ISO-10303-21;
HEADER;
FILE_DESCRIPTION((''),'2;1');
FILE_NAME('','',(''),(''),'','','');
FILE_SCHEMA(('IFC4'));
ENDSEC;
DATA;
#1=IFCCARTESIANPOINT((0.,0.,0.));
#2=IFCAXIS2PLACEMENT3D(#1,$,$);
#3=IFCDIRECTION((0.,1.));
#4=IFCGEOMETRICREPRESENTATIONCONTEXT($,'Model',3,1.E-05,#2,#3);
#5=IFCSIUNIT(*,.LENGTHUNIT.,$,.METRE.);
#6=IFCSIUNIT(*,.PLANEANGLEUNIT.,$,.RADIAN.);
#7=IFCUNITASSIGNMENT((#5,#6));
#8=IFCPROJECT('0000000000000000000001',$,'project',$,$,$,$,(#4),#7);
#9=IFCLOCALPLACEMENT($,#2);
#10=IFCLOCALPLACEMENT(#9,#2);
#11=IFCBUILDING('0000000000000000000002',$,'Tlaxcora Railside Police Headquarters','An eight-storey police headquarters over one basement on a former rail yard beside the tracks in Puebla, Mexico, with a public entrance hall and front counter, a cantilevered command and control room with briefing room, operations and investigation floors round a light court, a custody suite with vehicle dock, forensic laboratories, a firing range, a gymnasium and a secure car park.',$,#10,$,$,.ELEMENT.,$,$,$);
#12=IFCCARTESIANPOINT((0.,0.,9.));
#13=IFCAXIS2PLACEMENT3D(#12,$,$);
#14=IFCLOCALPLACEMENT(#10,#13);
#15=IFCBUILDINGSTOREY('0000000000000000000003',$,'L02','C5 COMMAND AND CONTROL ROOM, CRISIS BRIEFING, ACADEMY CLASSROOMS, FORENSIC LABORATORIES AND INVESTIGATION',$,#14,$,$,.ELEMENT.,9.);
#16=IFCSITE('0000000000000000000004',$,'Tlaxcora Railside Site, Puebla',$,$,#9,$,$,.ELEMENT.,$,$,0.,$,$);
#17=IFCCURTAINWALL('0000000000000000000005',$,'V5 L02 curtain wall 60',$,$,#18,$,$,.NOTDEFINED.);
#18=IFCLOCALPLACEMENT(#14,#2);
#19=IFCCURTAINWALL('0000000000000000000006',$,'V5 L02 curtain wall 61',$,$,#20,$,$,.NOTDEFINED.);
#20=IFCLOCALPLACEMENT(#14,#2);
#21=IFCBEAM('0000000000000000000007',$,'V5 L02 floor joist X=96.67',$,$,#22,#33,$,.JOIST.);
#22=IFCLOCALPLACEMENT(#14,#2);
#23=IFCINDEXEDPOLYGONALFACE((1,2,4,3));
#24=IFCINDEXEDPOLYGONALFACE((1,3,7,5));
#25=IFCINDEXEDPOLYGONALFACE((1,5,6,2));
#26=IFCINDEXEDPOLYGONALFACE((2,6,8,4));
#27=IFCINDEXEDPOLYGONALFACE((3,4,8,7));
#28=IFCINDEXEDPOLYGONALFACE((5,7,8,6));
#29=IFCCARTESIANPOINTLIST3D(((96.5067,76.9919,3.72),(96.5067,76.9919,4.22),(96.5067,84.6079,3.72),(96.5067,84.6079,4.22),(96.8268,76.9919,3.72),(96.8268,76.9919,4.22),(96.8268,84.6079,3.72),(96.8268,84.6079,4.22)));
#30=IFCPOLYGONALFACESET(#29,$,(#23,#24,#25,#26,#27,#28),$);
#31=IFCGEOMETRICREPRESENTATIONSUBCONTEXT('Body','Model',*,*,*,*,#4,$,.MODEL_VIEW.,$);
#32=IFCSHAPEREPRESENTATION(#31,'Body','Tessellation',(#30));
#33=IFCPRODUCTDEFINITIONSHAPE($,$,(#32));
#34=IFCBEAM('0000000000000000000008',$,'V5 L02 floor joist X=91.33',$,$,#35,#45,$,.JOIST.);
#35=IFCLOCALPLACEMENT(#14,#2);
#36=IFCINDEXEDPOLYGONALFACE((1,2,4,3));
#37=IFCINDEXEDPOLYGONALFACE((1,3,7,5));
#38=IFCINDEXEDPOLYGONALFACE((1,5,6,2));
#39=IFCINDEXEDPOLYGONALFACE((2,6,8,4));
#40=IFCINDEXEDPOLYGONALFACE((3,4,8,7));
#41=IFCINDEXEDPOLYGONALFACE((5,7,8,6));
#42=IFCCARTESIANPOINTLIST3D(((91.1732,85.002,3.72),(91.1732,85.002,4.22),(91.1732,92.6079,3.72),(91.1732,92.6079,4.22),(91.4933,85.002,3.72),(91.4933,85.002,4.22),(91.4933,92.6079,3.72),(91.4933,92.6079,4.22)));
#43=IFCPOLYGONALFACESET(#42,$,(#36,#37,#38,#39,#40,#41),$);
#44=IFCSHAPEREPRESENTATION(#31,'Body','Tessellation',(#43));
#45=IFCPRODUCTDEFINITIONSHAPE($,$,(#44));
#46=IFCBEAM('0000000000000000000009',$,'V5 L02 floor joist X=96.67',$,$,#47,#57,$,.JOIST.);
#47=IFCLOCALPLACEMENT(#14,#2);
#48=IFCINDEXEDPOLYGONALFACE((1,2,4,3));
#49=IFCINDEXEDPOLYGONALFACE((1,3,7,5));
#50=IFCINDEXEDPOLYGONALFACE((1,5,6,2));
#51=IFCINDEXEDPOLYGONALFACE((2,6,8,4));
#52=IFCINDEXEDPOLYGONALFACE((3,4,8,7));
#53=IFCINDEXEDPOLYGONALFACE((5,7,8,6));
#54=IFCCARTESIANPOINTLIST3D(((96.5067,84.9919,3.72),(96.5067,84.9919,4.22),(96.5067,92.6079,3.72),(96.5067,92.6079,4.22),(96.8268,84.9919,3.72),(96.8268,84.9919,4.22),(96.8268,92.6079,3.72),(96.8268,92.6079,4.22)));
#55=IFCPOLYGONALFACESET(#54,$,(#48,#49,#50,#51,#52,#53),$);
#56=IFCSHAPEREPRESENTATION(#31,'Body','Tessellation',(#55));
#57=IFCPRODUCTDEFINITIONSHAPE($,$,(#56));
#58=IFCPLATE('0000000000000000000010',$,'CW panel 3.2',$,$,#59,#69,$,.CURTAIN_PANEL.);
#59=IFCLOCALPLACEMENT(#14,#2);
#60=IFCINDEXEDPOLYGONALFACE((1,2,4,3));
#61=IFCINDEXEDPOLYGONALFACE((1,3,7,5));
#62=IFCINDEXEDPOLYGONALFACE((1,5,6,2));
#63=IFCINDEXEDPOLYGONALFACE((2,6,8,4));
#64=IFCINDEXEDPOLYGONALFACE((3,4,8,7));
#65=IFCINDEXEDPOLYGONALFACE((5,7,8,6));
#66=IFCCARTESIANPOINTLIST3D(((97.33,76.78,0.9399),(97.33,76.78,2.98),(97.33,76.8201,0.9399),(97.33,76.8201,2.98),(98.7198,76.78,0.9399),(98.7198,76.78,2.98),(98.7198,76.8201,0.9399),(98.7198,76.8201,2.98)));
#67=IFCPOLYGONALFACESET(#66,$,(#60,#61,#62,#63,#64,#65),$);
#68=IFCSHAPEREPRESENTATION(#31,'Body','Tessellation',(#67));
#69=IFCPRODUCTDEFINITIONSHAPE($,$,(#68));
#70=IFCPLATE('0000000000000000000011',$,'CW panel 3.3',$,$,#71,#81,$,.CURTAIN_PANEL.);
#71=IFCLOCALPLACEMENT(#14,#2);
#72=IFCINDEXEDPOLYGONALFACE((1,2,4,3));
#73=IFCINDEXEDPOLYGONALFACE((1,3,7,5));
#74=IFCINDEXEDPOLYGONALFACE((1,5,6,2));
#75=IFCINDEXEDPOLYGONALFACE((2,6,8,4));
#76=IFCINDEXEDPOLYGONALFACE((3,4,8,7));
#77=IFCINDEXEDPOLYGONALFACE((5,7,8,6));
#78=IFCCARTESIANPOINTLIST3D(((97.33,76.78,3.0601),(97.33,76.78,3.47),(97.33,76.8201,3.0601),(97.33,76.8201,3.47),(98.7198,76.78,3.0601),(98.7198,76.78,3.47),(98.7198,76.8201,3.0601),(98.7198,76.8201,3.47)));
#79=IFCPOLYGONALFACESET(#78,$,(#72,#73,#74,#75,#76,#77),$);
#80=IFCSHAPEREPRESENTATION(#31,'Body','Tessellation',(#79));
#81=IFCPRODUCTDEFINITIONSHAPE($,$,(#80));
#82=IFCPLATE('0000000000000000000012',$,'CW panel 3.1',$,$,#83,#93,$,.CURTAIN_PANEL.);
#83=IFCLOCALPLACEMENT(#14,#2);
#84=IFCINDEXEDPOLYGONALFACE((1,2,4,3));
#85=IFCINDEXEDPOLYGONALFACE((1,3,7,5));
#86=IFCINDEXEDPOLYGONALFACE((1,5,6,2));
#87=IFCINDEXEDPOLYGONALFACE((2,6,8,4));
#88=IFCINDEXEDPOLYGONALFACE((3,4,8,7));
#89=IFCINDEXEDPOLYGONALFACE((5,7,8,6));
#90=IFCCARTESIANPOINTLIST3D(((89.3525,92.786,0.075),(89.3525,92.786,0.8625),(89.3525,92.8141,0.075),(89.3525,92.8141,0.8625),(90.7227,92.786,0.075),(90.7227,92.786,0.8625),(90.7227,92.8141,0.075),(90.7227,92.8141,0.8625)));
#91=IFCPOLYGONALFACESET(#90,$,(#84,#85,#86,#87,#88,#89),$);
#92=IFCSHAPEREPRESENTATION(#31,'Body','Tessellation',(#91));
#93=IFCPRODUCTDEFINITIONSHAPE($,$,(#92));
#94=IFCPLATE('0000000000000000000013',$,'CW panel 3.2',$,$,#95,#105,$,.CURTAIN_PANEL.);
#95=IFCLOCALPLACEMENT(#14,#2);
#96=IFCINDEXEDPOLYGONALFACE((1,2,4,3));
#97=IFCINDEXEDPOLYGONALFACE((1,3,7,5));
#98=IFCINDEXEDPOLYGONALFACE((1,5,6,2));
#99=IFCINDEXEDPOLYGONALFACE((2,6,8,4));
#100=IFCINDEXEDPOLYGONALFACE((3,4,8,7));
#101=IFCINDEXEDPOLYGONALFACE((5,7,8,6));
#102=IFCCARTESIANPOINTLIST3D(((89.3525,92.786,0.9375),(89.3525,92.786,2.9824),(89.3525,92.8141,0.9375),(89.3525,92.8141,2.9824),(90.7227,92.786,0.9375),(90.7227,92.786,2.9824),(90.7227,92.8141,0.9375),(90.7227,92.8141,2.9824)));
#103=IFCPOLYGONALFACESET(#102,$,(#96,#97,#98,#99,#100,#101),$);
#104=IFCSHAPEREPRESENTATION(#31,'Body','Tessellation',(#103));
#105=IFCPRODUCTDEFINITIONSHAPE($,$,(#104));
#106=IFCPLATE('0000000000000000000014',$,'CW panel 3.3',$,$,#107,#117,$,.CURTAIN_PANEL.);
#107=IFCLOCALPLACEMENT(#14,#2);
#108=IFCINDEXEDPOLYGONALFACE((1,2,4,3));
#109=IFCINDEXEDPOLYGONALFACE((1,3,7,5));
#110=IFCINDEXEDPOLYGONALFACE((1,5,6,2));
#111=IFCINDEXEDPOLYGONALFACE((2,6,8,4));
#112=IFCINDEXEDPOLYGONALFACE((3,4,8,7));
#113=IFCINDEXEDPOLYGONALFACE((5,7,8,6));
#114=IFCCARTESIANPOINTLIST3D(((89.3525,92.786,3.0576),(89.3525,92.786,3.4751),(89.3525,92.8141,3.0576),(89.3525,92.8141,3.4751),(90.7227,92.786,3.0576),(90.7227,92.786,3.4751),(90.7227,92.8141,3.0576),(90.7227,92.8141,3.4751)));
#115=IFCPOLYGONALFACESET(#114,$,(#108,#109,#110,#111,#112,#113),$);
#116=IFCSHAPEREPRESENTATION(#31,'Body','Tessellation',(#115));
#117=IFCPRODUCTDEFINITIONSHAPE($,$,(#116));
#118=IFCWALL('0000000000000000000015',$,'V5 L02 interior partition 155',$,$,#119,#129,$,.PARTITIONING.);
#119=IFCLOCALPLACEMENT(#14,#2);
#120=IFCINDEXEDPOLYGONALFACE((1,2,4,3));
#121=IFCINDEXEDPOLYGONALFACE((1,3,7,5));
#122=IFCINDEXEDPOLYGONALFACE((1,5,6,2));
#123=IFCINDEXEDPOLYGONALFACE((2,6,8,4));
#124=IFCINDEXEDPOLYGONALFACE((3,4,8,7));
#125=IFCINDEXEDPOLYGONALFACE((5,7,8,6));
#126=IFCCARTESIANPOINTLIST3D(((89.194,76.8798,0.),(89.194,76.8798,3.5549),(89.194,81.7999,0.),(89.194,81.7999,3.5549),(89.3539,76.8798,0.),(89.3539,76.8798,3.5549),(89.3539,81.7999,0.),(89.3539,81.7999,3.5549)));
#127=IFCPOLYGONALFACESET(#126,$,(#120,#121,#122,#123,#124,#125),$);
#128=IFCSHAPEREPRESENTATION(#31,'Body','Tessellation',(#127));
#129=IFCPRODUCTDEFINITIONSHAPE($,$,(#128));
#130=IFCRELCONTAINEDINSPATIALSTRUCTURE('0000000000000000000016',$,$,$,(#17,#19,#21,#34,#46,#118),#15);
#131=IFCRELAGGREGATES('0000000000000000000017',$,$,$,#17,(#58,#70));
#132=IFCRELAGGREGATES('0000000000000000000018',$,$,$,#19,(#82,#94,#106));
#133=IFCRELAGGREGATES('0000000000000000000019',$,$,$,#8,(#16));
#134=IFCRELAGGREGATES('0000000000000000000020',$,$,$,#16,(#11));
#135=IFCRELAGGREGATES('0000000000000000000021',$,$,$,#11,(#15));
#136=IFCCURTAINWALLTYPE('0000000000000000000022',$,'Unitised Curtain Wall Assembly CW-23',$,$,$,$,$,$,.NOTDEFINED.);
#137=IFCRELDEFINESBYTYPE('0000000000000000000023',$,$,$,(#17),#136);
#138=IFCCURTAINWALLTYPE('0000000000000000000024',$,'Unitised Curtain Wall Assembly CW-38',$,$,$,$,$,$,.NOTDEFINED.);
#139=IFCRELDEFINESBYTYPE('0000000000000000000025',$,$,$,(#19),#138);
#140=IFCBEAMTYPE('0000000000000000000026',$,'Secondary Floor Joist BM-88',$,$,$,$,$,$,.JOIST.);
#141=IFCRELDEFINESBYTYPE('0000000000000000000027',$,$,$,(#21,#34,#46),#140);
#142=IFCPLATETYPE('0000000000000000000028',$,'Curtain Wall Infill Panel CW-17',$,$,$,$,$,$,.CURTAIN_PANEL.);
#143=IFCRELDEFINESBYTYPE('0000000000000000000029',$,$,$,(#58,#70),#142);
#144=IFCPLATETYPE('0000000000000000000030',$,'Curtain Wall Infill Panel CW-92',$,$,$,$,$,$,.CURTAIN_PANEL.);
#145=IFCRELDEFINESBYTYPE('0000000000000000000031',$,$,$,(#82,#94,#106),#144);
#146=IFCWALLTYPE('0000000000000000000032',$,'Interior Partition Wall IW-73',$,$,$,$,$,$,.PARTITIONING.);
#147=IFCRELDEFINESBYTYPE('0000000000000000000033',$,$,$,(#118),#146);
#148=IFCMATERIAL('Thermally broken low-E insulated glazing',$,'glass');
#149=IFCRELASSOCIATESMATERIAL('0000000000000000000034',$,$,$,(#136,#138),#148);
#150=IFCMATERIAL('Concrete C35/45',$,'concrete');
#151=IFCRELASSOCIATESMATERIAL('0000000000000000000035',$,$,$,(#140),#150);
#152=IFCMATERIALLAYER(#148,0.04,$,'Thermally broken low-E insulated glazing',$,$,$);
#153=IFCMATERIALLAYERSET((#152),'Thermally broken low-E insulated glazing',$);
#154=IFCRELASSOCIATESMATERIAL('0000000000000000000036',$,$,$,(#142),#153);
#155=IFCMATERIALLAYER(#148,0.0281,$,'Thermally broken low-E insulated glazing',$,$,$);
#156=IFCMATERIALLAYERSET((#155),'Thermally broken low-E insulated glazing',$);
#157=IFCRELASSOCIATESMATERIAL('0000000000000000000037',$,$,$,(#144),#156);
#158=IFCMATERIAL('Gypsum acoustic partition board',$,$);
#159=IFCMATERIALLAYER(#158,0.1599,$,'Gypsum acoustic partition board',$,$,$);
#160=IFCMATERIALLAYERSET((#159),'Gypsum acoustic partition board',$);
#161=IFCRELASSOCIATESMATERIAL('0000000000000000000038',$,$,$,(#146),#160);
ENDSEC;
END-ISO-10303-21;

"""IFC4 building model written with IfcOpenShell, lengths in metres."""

from ifc_helpers import new_model, si_unit, direction, frame, frame_2d, origin, origin_2d, place, context, subcontext, project, spatial, rectangle, extrude, material, layer, layer_set, material_profile, profile_set, type_object, element, aggregate, save


model = new_model("IFC4")

# Units and contexts
model_context = context("Model", 3, precision=1e-05, world=origin(), true_north=direction((0.0, 1.0)))
body_context = subcontext(model_context, "Body", "Model", "MODEL_VIEW")
ifc_project = project(units=[si_unit("LENGTHUNIT", "METRE"), si_unit("PLANEANGLEUNIT", "RADIAN")], contexts=[model_context])

# Site, building, storey
site_placement = place(None, origin())
site = spatial("IfcSite", under=ifc_project, at=site_placement, Name="Tlaxcora Railside Site, Puebla", CompositionType="ELEMENT", RefElevation=0.0)
building_placement = place(site_placement, origin())
building = spatial("IfcBuilding", under=site, at=building_placement, Name="Tlaxcora Railside Police Headquarters", Description="An eight-storey police headquarters over one basement on a former rail yard beside the tracks in Puebla, Mexico, with a public entrance hall and front counter, a cantilevered command and control room with briefing room, operations and investigation floors round a light court, a custody suite with vehicle dock, forensic laboratories, a firing range, a gymnasium and a secure car park.", CompositionType="ELEMENT")
storey_placement = place(building_placement, frame((0.0, 0.0, 9.0)))
storey = spatial("IfcBuildingStorey", under=building, at=storey_placement, Name="L02", Description="C5 COMMAND AND CONTROL ROOM, CRISIS BRIEFING, ACADEMY CLASSROOMS, FORENSIC LABORATORIES AND INVESTIGATION", CompositionType="ELEMENT", Elevation=9.0)

# Curtain wall
ifc_material_1 = material(Name="Thermally broken low-E insulated glazing", Category="glass")
curtain_wall_type_1 = type_object("IfcCurtainWallType", Name="Unitised Curtain Wall Assembly CW-23", PredefinedType="NOTDEFINED", material=ifc_material_1)
curtain_wall_1_placement = place(storey_placement, origin())
curtain_wall_1 = element("IfcCurtainWall", 1, at=curtain_wall_1_placement, inside=storey, type_object=curtain_wall_type_1, Name="V5 L02 curtain wall 60", PredefinedType="NOTDEFINED")

# Curtain wall
curtain_wall_type_2 = type_object("IfcCurtainWallType", Name="Unitised Curtain Wall Assembly CW-38", PredefinedType="NOTDEFINED", material=ifc_material_1)
curtain_wall_2_placement = place(storey_placement, origin())
curtain_wall_2 = element("IfcCurtainWall", 2, at=curtain_wall_2_placement, inside=storey, type_object=curtain_wall_type_2, Name="V5 L02 curtain wall 61", PredefinedType="NOTDEFINED")

# Beams
ifc_material_2 = material(Name="Concrete C35/45", Category="concrete")
ifc_material_profile_1 = material_profile(ifc_material_2, rectangle(XDim=0.3201, YDim=0.5, at=origin_2d()), Name="RC320X500")
ifc_profile_set_1 = profile_set([ifc_material_profile_1], Name="Concrete C35/45")
beam_type_1 = type_object("IfcBeamType", Name="Secondary Floor Joist BM-88", PredefinedType="JOIST", material=ifc_profile_set_1)
beam_1_placement = place(storey_placement, frame((96.6667, 76.9919, 3.97), z_axis=(0.0, 1.0, 0.0), x_axis=(-1.0, 0.0, 0.0)))
element("IfcBeam", 3, at=beam_1_placement, inside=storey, type_object=beam_type_1, Name="V5 L02 floor joist X=96.67", PredefinedType="JOIST", context=body_context, shape_type="SweptSolid", body=[
    extrude(rectangle(XDim=0.3201, YDim=0.5, at=origin_2d()), origin(), (0.0, 0.0, 1.0), 7.616),
])
beam_2_placement = place(storey_placement, frame((91.3333, 85.002, 3.97), z_axis=(0.0, 1.0, 0.0), x_axis=(-1.0, 0.0, 0.0)))
element("IfcBeam", 4, at=beam_2_placement, inside=storey, type_object=beam_type_1, Name="V5 L02 floor joist X=91.33", PredefinedType="JOIST", context=body_context, shape_type="SweptSolid", body=[
    extrude(rectangle(XDim=0.3201, YDim=0.5, at=origin_2d()), origin(), (0.0, 0.0, 1.0), 7.606),
])
beam_3_placement = place(storey_placement, frame((96.6667, 84.9919, 3.97), z_axis=(0.0, 1.0, 0.0), x_axis=(-1.0, 0.0, 0.0)))
element("IfcBeam", 5, at=beam_3_placement, inside=storey, type_object=beam_type_1, Name="V5 L02 floor joist X=96.67", PredefinedType="JOIST", context=body_context, shape_type="SweptSolid", body=[
    extrude(rectangle(XDim=0.3201, YDim=0.5, at=origin_2d()), origin(), (0.0, 0.0, 1.0), 7.616),
])

# Plates
ifc_layer_1 = layer(ifc_material_1, 0.04, Name="Thermally broken low-E insulated glazing")
ifc_layer_set_1 = layer_set([ifc_layer_1], Name="Thermally broken low-E insulated glazing")
plate_type_1 = type_object("IfcPlateType", Name="Curtain Wall Infill Panel CW-17", PredefinedType="CURTAIN_PANEL", material=ifc_layer_set_1)
plate_1_placement = place(storey_placement, frame((98.0249, 76.8, 0.9399), z_axis=(0.0, 0.0, 1.0), x_axis=(1.0, 0.0, 0.0)))
plate_1 = element("IfcPlate", 6, at=plate_1_placement, type_object=plate_type_1, Name="CW panel 3.2", PredefinedType="CURTAIN_PANEL", context=body_context, shape_type="SweptSolid", body=[
    extrude(rectangle(XDim=1.3899, YDim=0.04, at=origin_2d()), origin(), (0.0, 0.0, 1.0), 2.04),
])
plate_2_placement = place(storey_placement, frame((98.0249, 76.8, 3.0601), z_axis=(0.0, 0.0, 1.0), x_axis=(1.0, 0.0, 0.0)))
plate_2 = element("IfcPlate", 7, at=plate_2_placement, type_object=plate_type_1, Name="CW panel 3.3", PredefinedType="CURTAIN_PANEL", context=body_context, shape_type="SweptSolid", body=[
    extrude(rectangle(XDim=1.3899, YDim=0.04, at=origin_2d()), origin(), (0.0, 0.0, 1.0), 0.4099),
])
aggregate(curtain_wall_1, [plate_1, plate_2])
ifc_layer_2 = layer(ifc_material_1, 0.0281, Name="Thermally broken low-E insulated glazing")
ifc_layer_set_2 = layer_set([ifc_layer_2], Name="Thermally broken low-E insulated glazing")
plate_type_2 = type_object("IfcPlateType", Name="Curtain Wall Infill Panel CW-92", PredefinedType="CURTAIN_PANEL", material=ifc_layer_set_2)
plate_3_placement = place(storey_placement, frame((90.0376, 92.8, 0.075), z_axis=(0.0, 0.0, 1.0), x_axis=(-1.0, 0.0, 0.0)))
plate_3 = element("IfcPlate", 8, at=plate_3_placement, type_object=plate_type_2, Name="CW panel 3.1", PredefinedType="CURTAIN_PANEL", context=body_context, shape_type="SweptSolid", body=[
    extrude(rectangle(XDim=1.3701, YDim=0.0281, at=origin_2d()), origin(), (0.0, 0.0, 1.0), 0.7876),
])
plate_4_placement = place(storey_placement, frame((90.0376, 92.8, 0.9375), z_axis=(0.0, 0.0, 1.0), x_axis=(-1.0, 0.0, 0.0)))
plate_4 = element("IfcPlate", 9, at=plate_4_placement, type_object=plate_type_2, Name="CW panel 3.2", PredefinedType="CURTAIN_PANEL", context=body_context, shape_type="SweptSolid", body=[
    extrude(rectangle(XDim=1.3701, YDim=0.0281, at=origin_2d()), origin(), (0.0, 0.0, 1.0), 2.0449),
])
plate_5_placement = place(storey_placement, frame((90.0376, 92.8, 3.0576), z_axis=(0.0, 0.0, 1.0), x_axis=(-1.0, 0.0, 0.0)))
plate_5 = element("IfcPlate", 10, at=plate_5_placement, type_object=plate_type_2, Name="CW panel 3.3", PredefinedType="CURTAIN_PANEL", context=body_context, shape_type="SweptSolid", body=[
    extrude(rectangle(XDim=1.3701, YDim=0.0281, at=origin_2d()), origin(), (0.0, 0.0, 1.0), 0.4175),
])
aggregate(curtain_wall_2, [plate_3, plate_4, plate_5])

# Wall
ifc_material_3 = material(Name="Gypsum acoustic partition board")
ifc_layer_3 = layer(ifc_material_3, 0.1599, Name="Gypsum acoustic partition board")
ifc_layer_set_3 = layer_set([ifc_layer_3], Name="Gypsum acoustic partition board")
wall_type = type_object("IfcWallType", Name="Interior Partition Wall IW-73", PredefinedType="PARTITIONING", material=ifc_layer_set_3)
wall_placement = place(storey_placement, frame((89.2739, 76.8799, 0.0), z_axis=(0.0, 0.0, 1.0), x_axis=(0.0, 1.0, 0.0)))
element("IfcWall", 11, at=wall_placement, inside=storey, type_object=wall_type, Name="V5 L02 interior partition 155", PredefinedType="PARTITIONING", context=body_context, shape_type="SweptSolid", body=[
    extrude(rectangle(XDim=4.9202, YDim=0.1599, at=frame_2d((2.46, 0.0))), origin(), (0.0, 0.0, 1.0), 3.5549),
])

save(model, "model.ifc")
